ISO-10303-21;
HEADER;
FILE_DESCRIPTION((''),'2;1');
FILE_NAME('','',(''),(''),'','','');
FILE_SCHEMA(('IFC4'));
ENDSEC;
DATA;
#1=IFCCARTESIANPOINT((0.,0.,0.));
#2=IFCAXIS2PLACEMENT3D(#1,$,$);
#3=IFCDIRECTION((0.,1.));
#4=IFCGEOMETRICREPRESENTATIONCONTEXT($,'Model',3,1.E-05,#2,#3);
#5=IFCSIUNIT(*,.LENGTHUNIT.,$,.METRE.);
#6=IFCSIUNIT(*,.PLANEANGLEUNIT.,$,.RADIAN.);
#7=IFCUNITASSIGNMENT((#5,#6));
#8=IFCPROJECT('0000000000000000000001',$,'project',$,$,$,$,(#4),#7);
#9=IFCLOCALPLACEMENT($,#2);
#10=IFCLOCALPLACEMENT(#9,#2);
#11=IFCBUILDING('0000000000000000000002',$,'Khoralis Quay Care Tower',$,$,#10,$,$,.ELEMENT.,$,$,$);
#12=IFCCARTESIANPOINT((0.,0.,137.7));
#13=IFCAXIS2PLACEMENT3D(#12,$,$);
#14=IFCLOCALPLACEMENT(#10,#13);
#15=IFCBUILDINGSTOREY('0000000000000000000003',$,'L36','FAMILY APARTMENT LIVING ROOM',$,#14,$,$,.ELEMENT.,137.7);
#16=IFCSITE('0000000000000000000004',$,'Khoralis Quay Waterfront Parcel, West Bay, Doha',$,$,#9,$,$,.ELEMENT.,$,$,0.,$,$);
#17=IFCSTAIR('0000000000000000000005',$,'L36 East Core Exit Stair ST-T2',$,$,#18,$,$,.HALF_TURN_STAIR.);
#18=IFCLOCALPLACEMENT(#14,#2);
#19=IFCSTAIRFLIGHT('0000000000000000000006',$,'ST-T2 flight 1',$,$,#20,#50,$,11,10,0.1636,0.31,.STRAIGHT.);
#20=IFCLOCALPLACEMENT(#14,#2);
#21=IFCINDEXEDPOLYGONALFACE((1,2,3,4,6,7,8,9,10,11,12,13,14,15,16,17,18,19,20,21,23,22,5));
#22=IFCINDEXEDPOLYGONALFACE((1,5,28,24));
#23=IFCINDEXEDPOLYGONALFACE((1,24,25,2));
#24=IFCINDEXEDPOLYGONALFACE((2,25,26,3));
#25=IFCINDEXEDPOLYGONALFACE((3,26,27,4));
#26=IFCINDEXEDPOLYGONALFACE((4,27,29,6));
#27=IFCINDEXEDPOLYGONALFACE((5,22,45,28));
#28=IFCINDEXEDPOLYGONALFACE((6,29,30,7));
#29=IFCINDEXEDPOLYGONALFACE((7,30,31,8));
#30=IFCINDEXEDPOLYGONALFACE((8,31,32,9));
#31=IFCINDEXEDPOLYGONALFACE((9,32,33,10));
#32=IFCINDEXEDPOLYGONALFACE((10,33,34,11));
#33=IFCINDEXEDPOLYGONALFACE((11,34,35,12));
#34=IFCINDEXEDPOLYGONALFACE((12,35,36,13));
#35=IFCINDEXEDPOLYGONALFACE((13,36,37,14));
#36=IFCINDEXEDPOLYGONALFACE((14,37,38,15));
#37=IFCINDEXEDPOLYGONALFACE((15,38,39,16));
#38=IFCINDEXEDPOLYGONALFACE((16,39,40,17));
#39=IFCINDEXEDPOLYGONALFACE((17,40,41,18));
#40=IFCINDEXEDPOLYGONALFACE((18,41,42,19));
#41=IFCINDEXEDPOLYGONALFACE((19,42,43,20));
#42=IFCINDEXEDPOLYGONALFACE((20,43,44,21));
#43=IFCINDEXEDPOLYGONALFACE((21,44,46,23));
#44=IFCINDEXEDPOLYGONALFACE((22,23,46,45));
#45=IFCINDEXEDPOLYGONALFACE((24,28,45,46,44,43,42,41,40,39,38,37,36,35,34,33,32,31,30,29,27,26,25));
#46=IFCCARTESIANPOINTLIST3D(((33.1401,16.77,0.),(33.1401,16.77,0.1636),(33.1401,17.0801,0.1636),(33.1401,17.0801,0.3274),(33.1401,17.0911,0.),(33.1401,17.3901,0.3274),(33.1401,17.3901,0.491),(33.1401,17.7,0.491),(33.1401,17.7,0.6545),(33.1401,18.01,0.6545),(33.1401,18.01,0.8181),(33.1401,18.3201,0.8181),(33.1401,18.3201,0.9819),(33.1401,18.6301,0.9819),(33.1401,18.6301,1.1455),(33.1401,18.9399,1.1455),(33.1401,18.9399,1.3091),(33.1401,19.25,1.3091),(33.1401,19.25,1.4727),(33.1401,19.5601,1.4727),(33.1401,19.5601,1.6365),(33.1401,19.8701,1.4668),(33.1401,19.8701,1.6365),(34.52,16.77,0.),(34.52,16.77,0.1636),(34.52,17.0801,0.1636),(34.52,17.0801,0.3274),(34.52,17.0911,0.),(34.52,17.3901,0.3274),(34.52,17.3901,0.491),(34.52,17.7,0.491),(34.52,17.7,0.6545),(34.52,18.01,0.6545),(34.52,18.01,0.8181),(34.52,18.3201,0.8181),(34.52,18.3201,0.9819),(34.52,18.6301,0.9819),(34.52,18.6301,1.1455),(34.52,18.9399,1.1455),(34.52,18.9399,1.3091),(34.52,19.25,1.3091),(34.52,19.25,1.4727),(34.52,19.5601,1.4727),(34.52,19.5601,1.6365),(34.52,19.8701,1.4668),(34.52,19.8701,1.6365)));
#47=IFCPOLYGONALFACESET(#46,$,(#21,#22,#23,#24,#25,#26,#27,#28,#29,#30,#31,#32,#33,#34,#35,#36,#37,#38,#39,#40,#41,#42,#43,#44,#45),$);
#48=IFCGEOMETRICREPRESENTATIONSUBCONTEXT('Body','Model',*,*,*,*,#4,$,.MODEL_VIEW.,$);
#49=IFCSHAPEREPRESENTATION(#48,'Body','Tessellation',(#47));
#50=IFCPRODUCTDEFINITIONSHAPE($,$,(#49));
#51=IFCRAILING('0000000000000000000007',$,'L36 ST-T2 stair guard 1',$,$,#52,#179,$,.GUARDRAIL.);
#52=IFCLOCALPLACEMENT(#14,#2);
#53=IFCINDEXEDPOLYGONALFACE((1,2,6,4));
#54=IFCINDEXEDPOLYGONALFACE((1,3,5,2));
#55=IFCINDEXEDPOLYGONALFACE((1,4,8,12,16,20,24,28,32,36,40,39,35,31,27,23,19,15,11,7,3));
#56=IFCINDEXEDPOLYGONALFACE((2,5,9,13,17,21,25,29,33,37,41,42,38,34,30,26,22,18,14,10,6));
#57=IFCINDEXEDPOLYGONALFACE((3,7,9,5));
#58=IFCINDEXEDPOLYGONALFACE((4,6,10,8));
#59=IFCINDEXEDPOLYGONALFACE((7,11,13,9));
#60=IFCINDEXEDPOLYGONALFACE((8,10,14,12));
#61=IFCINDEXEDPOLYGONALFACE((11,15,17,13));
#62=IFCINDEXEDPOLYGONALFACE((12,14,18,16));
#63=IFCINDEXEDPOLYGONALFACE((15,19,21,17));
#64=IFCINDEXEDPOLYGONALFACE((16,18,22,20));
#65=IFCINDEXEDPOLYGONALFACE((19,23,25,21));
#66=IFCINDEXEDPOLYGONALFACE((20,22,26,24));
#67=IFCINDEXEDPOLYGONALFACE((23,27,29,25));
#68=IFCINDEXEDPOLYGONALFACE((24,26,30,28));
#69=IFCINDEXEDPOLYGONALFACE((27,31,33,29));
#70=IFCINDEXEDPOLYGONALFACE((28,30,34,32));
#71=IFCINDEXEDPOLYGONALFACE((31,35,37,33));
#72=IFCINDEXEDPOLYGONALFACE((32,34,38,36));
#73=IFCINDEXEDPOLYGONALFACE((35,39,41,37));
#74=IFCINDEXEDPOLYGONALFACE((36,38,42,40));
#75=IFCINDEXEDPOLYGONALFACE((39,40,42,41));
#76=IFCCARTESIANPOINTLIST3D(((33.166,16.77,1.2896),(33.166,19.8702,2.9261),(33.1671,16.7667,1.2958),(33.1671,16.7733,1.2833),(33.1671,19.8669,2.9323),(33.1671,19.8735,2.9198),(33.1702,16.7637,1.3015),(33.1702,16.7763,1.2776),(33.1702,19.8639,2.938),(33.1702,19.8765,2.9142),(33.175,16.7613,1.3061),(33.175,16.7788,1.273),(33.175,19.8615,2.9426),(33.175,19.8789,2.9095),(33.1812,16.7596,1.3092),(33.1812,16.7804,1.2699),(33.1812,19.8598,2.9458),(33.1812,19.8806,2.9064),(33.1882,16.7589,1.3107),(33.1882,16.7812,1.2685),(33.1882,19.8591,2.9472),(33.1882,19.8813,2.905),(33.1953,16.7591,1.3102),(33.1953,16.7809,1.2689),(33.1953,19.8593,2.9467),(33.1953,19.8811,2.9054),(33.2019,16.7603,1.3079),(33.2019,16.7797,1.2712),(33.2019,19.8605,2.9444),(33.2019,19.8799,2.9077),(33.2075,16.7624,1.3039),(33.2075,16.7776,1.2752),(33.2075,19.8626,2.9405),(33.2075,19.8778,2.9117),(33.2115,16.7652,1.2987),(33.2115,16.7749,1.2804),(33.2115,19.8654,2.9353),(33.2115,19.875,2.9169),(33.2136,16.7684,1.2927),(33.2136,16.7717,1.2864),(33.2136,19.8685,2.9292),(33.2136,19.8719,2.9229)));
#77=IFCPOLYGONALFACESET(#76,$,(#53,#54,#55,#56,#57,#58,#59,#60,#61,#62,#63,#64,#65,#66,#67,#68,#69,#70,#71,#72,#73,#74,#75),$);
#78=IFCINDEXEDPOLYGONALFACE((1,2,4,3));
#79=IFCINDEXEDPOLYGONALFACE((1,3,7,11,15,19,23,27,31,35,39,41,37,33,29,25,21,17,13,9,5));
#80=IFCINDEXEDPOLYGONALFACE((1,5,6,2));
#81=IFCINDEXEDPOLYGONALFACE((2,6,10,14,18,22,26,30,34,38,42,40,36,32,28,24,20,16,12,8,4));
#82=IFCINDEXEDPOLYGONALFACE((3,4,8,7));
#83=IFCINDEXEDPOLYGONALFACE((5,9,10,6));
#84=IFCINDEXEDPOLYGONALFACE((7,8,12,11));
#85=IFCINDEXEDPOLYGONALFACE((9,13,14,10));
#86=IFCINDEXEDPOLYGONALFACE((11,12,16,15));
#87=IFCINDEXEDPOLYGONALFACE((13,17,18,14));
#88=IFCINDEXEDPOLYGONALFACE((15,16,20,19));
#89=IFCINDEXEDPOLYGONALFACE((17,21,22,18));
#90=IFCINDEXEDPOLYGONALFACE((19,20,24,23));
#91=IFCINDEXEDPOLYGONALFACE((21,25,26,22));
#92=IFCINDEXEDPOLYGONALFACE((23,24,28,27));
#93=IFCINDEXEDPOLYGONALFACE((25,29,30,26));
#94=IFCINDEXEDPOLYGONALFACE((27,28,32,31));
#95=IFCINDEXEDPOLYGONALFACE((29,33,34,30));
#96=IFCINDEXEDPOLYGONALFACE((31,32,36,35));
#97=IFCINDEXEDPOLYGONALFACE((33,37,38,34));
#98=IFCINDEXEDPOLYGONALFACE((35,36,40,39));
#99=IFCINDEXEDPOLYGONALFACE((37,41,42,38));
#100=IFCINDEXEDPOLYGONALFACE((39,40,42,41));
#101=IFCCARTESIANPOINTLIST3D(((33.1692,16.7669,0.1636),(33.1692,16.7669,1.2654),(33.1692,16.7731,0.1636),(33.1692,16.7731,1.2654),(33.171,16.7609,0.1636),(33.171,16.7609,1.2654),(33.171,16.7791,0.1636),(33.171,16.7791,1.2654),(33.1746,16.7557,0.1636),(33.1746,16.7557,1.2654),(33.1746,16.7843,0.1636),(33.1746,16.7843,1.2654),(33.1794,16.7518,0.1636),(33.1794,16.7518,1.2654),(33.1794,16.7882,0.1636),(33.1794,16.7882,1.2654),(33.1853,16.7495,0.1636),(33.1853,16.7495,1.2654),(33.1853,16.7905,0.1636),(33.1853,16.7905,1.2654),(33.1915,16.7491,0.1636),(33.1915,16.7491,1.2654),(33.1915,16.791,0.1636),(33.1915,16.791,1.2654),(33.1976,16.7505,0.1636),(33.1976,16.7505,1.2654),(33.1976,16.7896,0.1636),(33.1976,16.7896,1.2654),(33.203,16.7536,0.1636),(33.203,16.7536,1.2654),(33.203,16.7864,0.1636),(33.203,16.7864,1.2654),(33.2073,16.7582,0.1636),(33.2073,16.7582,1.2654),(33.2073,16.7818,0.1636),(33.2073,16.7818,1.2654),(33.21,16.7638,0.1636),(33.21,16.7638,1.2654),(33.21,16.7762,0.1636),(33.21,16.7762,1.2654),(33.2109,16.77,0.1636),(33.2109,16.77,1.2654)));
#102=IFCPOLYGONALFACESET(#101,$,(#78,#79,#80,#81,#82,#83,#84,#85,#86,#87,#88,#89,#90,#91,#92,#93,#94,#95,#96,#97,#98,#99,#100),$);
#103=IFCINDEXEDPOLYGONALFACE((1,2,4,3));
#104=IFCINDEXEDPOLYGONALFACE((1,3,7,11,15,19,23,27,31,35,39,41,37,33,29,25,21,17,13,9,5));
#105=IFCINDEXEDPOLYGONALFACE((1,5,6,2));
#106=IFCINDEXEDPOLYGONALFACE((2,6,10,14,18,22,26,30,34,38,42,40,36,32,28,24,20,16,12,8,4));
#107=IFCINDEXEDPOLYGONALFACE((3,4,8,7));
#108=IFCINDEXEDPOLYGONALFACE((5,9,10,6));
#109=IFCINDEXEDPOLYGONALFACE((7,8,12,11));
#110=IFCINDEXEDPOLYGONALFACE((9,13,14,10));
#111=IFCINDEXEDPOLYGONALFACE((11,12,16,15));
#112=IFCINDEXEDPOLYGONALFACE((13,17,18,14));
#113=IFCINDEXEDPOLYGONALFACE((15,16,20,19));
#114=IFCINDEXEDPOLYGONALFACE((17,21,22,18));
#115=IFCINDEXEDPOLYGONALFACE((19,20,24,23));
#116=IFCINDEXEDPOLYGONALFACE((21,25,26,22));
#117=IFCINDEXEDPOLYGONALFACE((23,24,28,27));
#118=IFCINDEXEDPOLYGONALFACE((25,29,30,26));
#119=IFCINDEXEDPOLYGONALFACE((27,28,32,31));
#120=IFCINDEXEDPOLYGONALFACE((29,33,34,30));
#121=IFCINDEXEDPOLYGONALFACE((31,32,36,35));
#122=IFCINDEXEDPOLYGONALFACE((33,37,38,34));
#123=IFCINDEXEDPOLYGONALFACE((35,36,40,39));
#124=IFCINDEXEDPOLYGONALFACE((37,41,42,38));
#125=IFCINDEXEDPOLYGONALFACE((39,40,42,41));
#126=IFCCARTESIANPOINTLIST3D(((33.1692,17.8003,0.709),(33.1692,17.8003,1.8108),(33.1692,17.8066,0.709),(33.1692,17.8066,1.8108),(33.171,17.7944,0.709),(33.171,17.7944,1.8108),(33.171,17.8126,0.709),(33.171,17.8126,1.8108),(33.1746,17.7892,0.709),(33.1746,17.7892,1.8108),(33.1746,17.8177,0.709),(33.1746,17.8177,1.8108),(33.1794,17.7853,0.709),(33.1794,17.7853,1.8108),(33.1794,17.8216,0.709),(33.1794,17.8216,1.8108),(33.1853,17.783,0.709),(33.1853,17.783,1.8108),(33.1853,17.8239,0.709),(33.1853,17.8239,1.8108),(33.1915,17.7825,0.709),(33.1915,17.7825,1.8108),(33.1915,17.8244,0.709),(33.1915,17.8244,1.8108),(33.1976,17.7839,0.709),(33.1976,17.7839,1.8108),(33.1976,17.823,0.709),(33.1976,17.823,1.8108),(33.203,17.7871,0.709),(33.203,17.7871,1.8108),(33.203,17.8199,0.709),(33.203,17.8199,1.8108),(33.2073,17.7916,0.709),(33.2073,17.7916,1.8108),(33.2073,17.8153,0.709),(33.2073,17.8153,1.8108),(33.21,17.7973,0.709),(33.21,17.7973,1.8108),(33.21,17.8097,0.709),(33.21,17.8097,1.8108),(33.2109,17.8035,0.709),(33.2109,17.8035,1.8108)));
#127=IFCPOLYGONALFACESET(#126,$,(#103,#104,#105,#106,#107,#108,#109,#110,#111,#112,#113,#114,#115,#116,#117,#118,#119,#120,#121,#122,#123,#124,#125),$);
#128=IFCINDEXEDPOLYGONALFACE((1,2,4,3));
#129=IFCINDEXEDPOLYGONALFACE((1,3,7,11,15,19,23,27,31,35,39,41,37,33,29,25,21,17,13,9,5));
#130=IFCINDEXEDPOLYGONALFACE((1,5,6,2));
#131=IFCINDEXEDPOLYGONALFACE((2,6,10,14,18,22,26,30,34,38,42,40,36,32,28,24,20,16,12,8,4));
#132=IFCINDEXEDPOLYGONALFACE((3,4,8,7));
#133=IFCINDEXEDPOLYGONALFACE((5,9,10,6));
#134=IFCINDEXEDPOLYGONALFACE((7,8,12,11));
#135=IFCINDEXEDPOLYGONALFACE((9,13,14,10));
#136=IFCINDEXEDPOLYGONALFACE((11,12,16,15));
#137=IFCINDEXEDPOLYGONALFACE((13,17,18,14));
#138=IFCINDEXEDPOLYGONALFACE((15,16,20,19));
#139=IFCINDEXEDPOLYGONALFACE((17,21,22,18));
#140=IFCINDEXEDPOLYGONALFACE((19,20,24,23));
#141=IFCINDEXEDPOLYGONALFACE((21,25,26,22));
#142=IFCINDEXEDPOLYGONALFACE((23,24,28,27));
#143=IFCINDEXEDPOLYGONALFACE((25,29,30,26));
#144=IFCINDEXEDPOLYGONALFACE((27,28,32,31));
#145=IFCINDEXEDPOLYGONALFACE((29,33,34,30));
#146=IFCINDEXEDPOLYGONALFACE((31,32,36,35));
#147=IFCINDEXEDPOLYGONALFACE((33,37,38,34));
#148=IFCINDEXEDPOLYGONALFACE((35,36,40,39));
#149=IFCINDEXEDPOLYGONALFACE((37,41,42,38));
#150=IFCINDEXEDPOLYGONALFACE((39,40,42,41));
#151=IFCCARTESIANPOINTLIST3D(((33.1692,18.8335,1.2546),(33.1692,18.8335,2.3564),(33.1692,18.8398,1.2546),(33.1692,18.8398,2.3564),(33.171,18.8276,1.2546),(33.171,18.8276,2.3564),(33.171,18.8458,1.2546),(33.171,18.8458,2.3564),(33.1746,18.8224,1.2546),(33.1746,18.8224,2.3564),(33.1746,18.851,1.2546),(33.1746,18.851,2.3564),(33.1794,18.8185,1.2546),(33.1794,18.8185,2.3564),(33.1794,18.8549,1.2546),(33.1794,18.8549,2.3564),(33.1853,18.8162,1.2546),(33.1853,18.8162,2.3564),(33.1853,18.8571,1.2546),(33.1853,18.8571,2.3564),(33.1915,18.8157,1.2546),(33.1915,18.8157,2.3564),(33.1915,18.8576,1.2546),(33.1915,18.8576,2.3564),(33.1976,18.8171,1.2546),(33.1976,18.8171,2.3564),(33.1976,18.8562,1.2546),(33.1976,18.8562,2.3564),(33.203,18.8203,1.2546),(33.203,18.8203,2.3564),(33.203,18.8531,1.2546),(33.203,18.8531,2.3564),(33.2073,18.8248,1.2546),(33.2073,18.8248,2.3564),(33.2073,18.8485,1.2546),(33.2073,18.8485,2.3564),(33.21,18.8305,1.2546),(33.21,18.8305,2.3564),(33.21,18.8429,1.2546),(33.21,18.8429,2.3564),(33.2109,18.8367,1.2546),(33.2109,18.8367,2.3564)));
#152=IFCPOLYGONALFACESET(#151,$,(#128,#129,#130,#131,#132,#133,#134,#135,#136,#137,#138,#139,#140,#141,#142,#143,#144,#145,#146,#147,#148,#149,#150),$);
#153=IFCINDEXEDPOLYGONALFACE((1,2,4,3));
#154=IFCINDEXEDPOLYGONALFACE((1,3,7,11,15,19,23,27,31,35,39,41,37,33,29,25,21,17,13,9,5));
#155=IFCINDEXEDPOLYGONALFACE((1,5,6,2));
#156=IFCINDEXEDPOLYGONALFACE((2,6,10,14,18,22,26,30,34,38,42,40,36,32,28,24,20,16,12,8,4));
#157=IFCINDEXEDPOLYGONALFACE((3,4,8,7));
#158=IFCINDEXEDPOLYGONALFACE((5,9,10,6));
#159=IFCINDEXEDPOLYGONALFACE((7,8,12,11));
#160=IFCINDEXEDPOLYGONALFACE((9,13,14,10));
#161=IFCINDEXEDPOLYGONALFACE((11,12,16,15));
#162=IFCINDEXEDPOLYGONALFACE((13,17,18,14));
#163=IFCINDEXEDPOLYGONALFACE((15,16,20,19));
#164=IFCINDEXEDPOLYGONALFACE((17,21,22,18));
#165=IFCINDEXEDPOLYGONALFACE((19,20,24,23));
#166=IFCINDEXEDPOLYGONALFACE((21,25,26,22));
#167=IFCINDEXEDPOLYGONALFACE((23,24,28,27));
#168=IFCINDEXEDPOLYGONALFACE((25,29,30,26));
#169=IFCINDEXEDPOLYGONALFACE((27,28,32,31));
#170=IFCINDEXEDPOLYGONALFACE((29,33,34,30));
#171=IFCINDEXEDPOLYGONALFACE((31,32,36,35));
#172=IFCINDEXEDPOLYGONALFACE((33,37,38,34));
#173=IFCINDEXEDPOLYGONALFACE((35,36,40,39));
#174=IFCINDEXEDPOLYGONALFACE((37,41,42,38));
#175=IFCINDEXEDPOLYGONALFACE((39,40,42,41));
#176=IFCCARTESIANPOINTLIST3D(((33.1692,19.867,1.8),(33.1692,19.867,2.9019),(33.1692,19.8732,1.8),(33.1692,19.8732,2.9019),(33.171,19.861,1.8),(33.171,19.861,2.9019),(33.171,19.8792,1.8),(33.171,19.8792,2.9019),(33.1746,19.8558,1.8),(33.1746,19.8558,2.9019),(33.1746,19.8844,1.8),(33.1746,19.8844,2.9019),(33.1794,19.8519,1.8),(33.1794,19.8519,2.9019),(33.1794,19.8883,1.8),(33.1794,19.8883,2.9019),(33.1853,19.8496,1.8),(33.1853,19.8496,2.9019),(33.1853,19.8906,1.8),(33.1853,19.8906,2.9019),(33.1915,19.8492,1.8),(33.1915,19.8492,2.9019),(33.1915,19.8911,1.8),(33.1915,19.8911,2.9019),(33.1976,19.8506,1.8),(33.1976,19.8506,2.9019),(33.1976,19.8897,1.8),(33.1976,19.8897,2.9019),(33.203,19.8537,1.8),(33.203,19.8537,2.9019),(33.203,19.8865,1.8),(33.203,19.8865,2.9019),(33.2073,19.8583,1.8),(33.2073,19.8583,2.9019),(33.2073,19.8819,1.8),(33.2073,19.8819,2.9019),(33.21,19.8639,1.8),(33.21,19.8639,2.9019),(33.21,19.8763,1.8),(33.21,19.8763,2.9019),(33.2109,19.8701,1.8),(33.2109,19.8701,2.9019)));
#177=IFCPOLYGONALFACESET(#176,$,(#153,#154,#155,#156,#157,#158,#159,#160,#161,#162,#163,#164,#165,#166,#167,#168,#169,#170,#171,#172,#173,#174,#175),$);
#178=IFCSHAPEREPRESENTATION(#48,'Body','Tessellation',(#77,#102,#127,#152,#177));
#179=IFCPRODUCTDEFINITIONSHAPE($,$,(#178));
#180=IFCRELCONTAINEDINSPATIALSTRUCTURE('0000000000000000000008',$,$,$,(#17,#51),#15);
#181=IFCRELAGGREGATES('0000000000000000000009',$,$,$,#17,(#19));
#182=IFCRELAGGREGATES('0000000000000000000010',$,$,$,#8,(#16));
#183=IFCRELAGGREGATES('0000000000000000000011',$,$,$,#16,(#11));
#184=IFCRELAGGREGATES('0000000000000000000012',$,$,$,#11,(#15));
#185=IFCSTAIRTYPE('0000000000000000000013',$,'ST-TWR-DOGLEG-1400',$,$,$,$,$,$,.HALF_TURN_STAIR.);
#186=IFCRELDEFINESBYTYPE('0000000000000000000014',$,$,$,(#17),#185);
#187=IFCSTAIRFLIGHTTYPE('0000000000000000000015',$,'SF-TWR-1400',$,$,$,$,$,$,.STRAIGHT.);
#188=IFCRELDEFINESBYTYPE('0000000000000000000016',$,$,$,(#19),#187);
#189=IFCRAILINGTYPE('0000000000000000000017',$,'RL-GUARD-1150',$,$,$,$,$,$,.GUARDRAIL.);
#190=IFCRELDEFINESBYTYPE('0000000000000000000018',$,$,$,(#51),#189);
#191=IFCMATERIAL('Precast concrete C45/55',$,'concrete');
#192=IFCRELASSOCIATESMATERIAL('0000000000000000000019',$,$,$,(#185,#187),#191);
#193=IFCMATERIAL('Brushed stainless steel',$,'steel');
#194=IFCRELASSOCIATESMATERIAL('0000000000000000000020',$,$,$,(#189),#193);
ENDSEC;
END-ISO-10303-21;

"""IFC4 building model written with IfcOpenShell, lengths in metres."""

from ifc_helpers import new_model, si_unit, direction, frame, origin, origin_2d, place, context, subcontext, project, spatial, polyline, circle, outline, extrude, source, transform, mapped, material, type_object, element, aggregate, save


model = new_model("IFC4")

# Units and contexts
model_context = context("Model", 3, precision=1e-05, world=origin(), true_north=direction((0.0, 1.0)))
body_context = subcontext(model_context, "Body", "Model", "MODEL_VIEW")
ifc_project = project(units=[si_unit("LENGTHUNIT", "METRE"), si_unit("PLANEANGLEUNIT", "RADIAN")], contexts=[model_context])

# Site, building, storey
site_placement = place(None, origin())
site = spatial("IfcSite", under=ifc_project, at=site_placement, Name="Khoralis Quay Waterfront Parcel, West Bay, Doha", CompositionType="ELEMENT", RefElevation=0.0)
building_placement = place(site_placement, origin())
building = spatial("IfcBuilding", under=site, at=building_placement, Name="Khoralis Quay Care Tower", CompositionType="ELEMENT")
storey_placement = place(building_placement, frame((0.0, 0.0, 137.7)))
storey = spatial("IfcBuildingStorey", under=building, at=storey_placement, Name="L36", Description="FAMILY APARTMENT LIVING ROOM", CompositionType="ELEMENT", Elevation=137.7)

# Shared definitions
ifc_material_1 = material(Name="Brushed stainless steel", Category="steel")

# Stair, stair flight
ifc_material_2 = material(Name="Precast concrete C45/55", Category="concrete")
stair_type = type_object("IfcStairType", Name="ST-TWR-DOGLEG-1400", PredefinedType="HALF_TURN_STAIR", material=ifc_material_2)
stair_placement = place(storey_placement, origin())
stair = element("IfcStair", 1, at=stair_placement, inside=storey, type_object=stair_type, Name="L36 East Core Exit Stair ST-T2", PredefinedType="HALF_TURN_STAIR")
stair_flight_type = type_object("IfcStairFlightType", Name="SF-TWR-1400", PredefinedType="STRAIGHT", material=ifc_material_2)
shared_shape_1 = source(origin(), body_context, "Body", "SweptSolid", [
    extrude(outline(polyline([(0.0, 0.0), (0.0, 0.1636), (0.3101, 0.1636), (0.3101, 0.3274), (0.6201, 0.3274), (0.6201, 0.491), (0.9299, 0.491), (0.9299, 0.6545), (1.24, 0.6545), (1.24, 0.8181), (1.55, 0.8181), (1.55, 0.9819), (1.8601, 0.9819), (1.8601, 1.1455), (2.1699, 1.1455), (2.1699, 1.3091), (2.48, 1.3091), (2.48, 1.4727), (2.79, 1.4727), (2.79, 1.6365), (3.1001, 1.6365), (3.1001, 1.8), (3.1001, 1.4668), (0.321, 0.0), (0.0, 0.0)])), frame((0.0, 0.6899, 0.0), z_axis=(0.0, -1.0, 0.0), x_axis=(1.0, 0.0, 0.0)), (0.0, 0.0, 1.0), 1.3799),
])
stair_flight_placement = place(storey_placement, frame((33.8301, 16.77, 0.0), z_axis=(0.0, 0.0, 1.0), x_axis=(0.0, 1.0, 0.0)))
stair_flight = element("IfcStairFlight", 2, at=stair_flight_placement, type_object=stair_flight_type, Name="ST-T2 flight 1", NumberOfRisers=11, NumberOfTreads=10, PredefinedType="STRAIGHT", RiserHeight=0.1636, TreadLength=0.31, context=body_context, shape_type="MappedRepresentation", body=[
    mapped(shared_shape_1, transform((0.0, 0.0, 0.0), scale=1.0)),
])
aggregate(stair, [stair_flight])

# Railing
railing_type_1 = type_object("IfcRailingType", Name="RL-GUARD-1150", PredefinedType="GUARDRAIL", material=ifc_material_1)
railing_1_placement = place(storey_placement, frame((33.1899, 16.77, 0.1636)))
element("IfcRailing", 3, at=railing_1_placement, inside=storey, type_object=railing_type_1, Name="L36 ST-T2 stair guard 1", PredefinedType="GUARDRAIL", context=body_context, shape_type="SweptSolid", body=[
    extrude(circle(Radius=0.0239, at=origin_2d()), frame((0.0, 0.0, 1.126), z_axis=(0.0, 0.884348, 0.466828), x_axis=(-1.0, 0.0, 0.0)), (0.0, 0.0, 1.0), 3.5056),
    extrude(circle(Radius=0.021, at=origin_2d()), origin(), (0.0, 0.0, 1.0), 1.1018),
    extrude(circle(Radius=0.021, at=origin_2d()), frame((0.0, 1.0334, 0.5454)), (0.0, 0.0, 1.0), 1.1018),
    extrude(circle(Radius=0.021, at=origin_2d()), frame((0.0, 2.0667, 1.0911)), (0.0, 0.0, 1.0), 1.1018),
    extrude(circle(Radius=0.021, at=origin_2d()), frame((0.0, 3.1001, 1.6365)), (0.0, 0.0, 1.0), 1.1018),
])

save(model, "model.ifc")
